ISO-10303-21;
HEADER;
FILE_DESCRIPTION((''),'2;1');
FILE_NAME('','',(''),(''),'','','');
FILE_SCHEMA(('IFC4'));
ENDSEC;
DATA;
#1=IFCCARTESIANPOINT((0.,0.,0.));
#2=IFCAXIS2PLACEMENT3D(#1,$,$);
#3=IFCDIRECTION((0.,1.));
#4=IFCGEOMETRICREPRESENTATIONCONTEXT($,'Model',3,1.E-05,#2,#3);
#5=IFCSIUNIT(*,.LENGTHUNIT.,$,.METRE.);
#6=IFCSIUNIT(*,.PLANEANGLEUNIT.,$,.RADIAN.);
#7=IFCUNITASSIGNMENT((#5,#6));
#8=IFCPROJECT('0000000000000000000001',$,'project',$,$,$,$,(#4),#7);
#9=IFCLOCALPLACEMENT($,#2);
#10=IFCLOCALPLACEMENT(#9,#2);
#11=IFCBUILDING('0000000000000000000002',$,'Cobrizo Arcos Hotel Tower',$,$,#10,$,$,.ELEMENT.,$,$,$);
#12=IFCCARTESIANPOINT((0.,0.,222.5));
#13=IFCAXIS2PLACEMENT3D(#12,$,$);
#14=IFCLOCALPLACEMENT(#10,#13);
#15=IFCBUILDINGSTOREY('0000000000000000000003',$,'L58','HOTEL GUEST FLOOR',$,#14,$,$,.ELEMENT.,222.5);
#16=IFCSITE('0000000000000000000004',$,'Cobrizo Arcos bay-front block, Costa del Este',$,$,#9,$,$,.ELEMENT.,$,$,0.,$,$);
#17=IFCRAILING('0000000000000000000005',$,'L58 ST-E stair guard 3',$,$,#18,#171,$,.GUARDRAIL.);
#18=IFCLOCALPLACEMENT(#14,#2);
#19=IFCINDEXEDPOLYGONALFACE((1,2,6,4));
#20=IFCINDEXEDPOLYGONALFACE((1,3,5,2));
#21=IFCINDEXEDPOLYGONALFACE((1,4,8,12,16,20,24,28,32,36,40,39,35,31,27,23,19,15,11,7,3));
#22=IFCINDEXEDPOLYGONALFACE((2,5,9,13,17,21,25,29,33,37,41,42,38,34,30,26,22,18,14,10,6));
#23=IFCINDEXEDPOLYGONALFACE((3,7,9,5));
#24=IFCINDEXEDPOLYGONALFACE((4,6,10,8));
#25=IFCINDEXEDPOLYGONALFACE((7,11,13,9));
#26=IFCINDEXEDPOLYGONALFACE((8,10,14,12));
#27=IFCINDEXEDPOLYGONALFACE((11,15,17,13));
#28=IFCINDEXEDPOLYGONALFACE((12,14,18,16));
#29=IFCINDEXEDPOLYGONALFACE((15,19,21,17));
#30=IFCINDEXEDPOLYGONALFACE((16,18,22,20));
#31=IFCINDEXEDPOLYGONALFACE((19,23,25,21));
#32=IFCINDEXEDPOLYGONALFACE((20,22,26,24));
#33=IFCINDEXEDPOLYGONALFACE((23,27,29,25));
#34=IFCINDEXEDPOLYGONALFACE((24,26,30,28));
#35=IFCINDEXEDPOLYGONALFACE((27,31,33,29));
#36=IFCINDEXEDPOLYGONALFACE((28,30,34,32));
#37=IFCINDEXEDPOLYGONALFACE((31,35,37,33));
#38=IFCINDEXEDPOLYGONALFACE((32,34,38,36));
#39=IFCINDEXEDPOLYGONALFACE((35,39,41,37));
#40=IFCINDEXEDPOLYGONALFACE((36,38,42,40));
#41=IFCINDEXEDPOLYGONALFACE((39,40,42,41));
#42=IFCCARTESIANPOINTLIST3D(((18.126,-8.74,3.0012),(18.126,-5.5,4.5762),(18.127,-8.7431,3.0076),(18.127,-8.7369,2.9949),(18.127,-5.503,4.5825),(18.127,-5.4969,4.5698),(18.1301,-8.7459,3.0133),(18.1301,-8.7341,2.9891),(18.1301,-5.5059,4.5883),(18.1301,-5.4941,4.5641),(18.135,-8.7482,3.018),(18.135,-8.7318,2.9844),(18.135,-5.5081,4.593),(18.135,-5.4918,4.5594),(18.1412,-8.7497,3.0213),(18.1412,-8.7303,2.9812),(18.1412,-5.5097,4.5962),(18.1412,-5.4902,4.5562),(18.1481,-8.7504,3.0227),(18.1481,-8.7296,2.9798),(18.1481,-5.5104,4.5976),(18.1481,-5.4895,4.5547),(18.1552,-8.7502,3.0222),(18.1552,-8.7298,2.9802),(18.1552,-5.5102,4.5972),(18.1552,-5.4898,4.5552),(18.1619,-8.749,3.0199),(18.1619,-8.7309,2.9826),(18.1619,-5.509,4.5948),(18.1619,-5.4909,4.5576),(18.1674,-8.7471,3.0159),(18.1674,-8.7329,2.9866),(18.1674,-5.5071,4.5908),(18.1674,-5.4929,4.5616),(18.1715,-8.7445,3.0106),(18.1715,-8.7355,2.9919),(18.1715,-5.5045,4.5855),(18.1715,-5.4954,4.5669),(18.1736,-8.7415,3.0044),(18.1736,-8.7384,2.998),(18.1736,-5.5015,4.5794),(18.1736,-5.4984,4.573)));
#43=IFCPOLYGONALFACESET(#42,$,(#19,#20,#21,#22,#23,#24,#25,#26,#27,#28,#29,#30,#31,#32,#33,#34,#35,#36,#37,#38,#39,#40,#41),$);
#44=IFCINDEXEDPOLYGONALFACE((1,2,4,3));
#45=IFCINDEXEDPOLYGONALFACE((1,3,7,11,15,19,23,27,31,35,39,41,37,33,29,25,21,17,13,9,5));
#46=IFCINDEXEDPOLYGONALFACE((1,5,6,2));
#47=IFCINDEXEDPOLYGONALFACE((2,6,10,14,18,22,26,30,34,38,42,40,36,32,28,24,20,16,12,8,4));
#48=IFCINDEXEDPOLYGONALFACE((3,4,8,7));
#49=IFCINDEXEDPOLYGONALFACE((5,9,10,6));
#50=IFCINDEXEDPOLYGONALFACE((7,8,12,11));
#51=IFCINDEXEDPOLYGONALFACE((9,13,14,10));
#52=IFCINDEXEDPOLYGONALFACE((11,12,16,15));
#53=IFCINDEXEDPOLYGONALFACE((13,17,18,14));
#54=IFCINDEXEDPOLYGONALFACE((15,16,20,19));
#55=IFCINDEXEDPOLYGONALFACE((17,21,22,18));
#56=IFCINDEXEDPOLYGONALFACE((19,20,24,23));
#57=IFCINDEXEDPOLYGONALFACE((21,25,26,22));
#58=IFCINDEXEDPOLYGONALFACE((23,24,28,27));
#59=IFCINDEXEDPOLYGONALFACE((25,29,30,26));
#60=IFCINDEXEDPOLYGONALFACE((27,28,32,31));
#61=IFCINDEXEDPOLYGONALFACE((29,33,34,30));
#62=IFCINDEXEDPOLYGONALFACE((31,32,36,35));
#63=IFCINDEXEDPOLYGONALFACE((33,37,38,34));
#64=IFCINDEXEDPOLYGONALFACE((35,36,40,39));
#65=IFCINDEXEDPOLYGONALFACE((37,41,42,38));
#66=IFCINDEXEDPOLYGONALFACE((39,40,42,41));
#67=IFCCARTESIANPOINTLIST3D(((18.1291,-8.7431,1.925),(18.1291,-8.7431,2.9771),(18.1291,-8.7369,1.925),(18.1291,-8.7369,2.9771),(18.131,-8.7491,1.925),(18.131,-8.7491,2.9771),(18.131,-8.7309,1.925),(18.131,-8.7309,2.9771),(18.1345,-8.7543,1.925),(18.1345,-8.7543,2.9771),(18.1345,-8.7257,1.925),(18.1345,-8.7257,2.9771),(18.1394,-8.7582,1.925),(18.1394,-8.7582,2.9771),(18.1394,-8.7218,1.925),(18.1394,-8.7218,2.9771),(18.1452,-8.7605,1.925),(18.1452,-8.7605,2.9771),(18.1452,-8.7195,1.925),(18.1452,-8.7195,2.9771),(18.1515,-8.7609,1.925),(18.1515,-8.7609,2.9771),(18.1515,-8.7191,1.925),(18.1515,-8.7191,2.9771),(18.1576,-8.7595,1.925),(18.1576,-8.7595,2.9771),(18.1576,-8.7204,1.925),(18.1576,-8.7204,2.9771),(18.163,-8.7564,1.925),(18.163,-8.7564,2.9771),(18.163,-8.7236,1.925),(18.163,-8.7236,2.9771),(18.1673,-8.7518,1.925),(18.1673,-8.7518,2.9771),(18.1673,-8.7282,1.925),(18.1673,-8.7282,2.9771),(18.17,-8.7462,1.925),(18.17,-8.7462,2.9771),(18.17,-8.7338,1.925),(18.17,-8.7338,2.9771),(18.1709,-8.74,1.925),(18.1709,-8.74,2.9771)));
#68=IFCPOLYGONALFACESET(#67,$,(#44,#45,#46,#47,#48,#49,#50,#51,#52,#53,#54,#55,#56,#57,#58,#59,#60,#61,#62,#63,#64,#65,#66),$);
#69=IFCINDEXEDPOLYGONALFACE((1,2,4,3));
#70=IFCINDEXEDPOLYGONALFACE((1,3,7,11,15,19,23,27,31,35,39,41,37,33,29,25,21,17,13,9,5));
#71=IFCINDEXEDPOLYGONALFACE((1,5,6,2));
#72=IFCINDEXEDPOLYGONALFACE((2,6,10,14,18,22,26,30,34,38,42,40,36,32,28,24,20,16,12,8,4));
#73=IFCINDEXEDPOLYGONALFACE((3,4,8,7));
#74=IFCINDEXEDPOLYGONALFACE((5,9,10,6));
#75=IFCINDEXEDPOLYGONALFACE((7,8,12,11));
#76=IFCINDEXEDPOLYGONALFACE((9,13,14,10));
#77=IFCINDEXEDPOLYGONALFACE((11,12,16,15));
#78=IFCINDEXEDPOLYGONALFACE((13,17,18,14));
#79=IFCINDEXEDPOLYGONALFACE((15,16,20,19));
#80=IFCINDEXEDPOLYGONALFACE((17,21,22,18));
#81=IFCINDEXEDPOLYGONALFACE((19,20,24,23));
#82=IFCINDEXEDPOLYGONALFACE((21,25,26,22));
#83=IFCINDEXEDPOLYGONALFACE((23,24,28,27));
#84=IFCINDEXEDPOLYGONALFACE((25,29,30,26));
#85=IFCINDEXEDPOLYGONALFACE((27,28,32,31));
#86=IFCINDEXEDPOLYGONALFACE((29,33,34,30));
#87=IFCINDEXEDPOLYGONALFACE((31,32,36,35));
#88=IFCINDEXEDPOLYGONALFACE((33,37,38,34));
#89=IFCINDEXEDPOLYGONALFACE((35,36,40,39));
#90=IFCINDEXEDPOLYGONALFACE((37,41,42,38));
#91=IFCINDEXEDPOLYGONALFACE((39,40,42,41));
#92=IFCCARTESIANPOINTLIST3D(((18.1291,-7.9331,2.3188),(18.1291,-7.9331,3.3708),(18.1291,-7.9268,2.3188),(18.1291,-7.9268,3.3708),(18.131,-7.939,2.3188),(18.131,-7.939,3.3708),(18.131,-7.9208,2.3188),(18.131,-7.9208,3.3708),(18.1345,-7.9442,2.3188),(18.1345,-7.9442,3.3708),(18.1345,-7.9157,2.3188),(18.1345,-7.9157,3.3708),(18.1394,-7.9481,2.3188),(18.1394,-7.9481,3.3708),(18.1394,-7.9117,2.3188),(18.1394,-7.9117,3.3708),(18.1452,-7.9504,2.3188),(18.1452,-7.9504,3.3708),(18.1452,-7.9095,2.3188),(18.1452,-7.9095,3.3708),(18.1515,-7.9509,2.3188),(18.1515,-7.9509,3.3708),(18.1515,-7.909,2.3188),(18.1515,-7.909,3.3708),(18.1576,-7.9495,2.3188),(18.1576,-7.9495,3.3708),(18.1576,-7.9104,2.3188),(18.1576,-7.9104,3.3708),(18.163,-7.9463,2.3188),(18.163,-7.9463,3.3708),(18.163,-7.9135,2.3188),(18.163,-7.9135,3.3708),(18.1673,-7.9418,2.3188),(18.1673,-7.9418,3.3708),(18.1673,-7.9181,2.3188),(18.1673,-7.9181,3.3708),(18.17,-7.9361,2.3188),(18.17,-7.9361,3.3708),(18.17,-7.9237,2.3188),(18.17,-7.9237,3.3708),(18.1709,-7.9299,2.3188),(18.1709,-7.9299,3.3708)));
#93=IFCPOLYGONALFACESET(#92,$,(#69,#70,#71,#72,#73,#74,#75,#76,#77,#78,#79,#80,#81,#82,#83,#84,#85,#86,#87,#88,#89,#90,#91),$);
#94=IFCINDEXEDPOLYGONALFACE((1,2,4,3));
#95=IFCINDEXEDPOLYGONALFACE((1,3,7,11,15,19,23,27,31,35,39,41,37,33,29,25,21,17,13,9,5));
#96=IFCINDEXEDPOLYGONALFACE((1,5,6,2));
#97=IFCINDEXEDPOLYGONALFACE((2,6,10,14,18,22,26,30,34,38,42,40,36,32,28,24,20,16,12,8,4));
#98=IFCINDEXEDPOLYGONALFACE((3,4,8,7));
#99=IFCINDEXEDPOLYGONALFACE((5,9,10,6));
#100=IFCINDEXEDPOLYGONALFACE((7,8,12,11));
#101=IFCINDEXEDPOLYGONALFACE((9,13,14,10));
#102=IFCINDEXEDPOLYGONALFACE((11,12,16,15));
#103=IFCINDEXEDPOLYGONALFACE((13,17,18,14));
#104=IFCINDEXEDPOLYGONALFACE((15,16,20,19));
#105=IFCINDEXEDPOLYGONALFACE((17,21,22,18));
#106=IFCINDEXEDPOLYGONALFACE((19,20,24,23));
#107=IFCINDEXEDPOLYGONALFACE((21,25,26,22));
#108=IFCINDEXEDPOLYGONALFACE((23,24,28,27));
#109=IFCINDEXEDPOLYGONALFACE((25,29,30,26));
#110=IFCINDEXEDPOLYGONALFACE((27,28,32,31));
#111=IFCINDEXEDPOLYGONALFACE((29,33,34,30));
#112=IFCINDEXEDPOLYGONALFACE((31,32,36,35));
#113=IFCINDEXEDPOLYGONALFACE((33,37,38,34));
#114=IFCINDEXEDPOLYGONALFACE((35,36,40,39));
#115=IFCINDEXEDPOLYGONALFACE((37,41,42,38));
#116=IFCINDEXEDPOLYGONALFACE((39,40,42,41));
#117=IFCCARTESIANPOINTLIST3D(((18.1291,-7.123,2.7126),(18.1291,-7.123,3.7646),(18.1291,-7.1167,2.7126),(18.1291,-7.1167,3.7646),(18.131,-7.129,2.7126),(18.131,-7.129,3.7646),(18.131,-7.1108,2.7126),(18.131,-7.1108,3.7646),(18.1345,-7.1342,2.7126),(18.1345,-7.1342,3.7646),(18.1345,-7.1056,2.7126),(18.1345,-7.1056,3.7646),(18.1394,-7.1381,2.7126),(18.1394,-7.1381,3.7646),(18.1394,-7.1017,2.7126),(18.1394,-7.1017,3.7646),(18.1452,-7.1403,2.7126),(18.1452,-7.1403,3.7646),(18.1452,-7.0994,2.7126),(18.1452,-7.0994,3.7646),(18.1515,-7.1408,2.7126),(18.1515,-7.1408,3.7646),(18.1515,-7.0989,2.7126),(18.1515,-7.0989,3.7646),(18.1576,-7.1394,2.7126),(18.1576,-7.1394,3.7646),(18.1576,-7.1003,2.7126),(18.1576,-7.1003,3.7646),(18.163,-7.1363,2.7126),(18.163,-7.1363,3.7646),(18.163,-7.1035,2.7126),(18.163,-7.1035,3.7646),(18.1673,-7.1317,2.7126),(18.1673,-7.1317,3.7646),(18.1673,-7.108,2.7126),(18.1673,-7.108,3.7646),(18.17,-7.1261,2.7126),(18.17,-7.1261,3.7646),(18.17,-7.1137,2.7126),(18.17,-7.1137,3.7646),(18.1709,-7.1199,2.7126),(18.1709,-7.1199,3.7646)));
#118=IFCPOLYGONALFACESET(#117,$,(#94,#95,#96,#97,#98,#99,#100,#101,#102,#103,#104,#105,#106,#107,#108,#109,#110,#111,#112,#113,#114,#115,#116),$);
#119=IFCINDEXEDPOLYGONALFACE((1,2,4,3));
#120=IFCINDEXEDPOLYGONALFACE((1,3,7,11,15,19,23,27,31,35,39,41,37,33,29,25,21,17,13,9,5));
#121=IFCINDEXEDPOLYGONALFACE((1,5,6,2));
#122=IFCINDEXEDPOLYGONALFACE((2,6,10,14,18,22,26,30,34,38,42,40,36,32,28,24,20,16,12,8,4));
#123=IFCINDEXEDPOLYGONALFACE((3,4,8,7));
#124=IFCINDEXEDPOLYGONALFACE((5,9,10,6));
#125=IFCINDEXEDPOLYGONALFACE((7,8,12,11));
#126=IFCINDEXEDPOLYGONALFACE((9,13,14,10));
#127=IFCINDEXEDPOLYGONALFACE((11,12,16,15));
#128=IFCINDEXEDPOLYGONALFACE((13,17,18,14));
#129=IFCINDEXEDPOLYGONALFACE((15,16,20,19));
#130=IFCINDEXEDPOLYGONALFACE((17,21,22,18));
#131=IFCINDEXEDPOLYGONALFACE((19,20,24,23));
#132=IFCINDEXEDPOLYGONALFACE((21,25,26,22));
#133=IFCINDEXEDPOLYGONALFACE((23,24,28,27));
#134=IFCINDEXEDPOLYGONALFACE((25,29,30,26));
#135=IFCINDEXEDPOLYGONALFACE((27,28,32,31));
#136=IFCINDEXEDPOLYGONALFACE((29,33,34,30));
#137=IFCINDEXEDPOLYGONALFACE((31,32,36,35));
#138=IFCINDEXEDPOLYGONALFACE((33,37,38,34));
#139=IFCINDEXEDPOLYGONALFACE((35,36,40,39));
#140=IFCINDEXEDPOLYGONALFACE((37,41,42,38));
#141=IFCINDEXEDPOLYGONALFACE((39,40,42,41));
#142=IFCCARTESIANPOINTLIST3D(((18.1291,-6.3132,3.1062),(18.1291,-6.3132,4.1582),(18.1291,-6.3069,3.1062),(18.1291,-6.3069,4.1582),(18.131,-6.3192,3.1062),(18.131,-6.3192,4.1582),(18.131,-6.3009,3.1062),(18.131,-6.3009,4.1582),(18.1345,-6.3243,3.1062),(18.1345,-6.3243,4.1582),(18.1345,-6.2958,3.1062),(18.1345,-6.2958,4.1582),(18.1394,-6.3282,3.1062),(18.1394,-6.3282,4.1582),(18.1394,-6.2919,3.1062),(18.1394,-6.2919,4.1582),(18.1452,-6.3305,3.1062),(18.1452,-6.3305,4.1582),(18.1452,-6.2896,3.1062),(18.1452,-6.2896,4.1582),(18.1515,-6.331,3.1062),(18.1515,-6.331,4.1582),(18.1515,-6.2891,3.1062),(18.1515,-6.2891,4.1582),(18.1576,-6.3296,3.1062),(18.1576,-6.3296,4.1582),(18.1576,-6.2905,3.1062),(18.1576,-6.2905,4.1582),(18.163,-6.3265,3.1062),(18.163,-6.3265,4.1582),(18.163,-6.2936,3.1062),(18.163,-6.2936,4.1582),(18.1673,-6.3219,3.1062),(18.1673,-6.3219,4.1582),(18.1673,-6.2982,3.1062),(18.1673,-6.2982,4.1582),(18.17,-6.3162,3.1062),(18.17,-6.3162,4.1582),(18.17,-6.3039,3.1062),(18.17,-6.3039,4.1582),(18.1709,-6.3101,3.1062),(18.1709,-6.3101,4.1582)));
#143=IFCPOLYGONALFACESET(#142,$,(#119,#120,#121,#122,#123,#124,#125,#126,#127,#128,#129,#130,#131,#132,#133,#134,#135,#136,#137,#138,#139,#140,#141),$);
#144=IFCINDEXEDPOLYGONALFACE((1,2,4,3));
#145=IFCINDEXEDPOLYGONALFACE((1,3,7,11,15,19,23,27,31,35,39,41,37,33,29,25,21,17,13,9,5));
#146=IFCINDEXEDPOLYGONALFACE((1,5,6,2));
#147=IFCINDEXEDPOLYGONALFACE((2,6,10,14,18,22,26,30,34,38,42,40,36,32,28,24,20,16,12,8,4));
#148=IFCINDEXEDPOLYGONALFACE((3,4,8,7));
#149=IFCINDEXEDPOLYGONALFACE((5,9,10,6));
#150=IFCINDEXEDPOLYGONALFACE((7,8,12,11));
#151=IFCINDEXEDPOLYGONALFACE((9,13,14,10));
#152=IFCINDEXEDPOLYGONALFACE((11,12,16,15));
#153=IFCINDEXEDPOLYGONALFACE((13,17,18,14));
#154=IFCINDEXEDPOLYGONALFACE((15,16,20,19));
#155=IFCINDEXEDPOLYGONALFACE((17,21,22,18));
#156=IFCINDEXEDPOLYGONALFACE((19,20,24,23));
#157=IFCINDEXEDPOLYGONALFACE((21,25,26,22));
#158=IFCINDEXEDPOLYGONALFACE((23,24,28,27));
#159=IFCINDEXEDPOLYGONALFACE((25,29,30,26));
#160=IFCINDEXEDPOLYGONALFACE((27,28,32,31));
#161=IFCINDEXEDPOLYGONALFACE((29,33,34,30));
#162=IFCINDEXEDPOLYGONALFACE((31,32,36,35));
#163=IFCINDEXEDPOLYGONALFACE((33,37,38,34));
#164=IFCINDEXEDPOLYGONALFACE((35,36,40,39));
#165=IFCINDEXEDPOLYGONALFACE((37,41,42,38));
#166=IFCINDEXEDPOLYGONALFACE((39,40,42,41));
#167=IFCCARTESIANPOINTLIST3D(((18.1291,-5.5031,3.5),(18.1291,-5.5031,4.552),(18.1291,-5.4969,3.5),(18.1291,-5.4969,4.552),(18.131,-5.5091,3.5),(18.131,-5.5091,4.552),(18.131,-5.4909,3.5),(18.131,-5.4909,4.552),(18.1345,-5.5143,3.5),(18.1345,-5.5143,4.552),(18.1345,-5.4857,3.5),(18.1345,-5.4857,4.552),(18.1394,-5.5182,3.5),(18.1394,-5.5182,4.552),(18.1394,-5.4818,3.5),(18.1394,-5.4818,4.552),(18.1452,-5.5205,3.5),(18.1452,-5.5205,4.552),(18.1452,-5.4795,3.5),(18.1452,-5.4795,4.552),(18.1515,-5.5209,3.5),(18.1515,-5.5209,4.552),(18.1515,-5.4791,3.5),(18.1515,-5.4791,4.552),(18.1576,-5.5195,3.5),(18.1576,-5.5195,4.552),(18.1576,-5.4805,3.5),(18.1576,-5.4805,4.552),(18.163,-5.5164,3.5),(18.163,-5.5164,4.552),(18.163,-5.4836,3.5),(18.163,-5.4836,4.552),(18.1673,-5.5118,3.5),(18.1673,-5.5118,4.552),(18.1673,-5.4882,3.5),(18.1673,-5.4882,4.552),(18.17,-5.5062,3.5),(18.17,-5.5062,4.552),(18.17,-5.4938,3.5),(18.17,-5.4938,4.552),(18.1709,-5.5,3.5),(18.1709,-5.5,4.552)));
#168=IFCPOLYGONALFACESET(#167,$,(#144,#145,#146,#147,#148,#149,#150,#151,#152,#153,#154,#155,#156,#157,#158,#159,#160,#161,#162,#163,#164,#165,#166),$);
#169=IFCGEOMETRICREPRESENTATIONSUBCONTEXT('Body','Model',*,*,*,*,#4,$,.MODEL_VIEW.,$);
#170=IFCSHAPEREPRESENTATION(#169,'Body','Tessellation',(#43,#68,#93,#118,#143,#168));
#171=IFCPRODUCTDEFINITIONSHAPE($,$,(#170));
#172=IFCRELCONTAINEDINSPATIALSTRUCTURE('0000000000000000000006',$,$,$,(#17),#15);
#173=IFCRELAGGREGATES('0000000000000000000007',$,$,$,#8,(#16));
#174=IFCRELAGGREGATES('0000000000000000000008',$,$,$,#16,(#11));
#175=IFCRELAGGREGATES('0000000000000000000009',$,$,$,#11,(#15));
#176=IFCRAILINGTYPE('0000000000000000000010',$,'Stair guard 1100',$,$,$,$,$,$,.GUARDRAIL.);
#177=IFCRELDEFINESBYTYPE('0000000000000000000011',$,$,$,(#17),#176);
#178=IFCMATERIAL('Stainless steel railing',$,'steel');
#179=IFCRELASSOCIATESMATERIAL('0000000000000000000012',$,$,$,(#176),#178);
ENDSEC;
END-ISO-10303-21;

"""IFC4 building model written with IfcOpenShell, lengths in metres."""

from ifc_helpers import new_model, si_unit, direction, frame, origin, origin_2d, place, context, subcontext, project, spatial, circle, extrude, material, type_object, element, save


model = new_model("IFC4")

# Units and contexts
model_context = context("Model", 3, precision=1e-05, world=origin(), true_north=direction((0.0, 1.0)))
body_context = subcontext(model_context, "Body", "Model", "MODEL_VIEW")
ifc_project = project(units=[si_unit("LENGTHUNIT", "METRE"), si_unit("PLANEANGLEUNIT", "RADIAN")], contexts=[model_context])

# Site, building, storey
site_placement = place(None, origin())
site = spatial("IfcSite", under=ifc_project, at=site_placement, Name="Cobrizo Arcos bay-front block, Costa del Este", CompositionType="ELEMENT", RefElevation=0.0)
building_placement = place(site_placement, origin())
building = spatial("IfcBuilding", under=site, at=building_placement, Name="Cobrizo Arcos Hotel Tower", CompositionType="ELEMENT")
storey_placement = place(building_placement, frame((0.0, 0.0, 222.5)))
storey = spatial("IfcBuildingStorey", under=building, at=storey_placement, Name="L58", Description="HOTEL GUEST FLOOR", CompositionType="ELEMENT", Elevation=222.5)

# Railing
ifc_material_1 = material(Name="Stainless steel railing", Category="steel")
railing_type_1 = type_object("IfcRailingType", Name="Stair guard 1100", PredefinedType="GUARDRAIL", material=ifc_material_1)
railing_1_placement = place(storey_placement, frame((18.1499, -8.74, 1.925)))
element("IfcRailing", 1, at=railing_1_placement, inside=storey, type_object=railing_type_1, Name="L58 ST-E stair guard 3", PredefinedType="GUARDRAIL", context=body_context, shape_type="SweptSolid", body=[
    extrude(circle(Radius=0.0239, at=origin_2d()), frame((0.0, 0.0, 1.0762), z_axis=(0.0, 0.899373, 0.437183), x_axis=(-1.0, 0.0, 0.0)), (0.0, 0.0, 1.0), 3.6025),
    extrude(circle(Radius=0.021, at=origin_2d()), origin(), (0.0, 0.0, 1.0), 1.052),
    extrude(circle(Radius=0.021, at=origin_2d()), frame((0.0, 0.8101, 0.3938)), (0.0, 0.0, 1.0), 1.052),
    extrude(circle(Radius=0.021, at=origin_2d()), frame((0.0, 1.6201, 0.7876)), (0.0, 0.0, 1.0), 1.052),
    extrude(circle(Radius=0.021, at=origin_2d()), frame((0.0, 2.4299, 1.1812)), (0.0, 0.0, 1.0), 1.052),
    extrude(circle(Radius=0.021, at=origin_2d()), frame((0.0, 3.24, 1.575)), (0.0, 0.0, 1.0), 1.052),
])

save(model, "model.ifc")
